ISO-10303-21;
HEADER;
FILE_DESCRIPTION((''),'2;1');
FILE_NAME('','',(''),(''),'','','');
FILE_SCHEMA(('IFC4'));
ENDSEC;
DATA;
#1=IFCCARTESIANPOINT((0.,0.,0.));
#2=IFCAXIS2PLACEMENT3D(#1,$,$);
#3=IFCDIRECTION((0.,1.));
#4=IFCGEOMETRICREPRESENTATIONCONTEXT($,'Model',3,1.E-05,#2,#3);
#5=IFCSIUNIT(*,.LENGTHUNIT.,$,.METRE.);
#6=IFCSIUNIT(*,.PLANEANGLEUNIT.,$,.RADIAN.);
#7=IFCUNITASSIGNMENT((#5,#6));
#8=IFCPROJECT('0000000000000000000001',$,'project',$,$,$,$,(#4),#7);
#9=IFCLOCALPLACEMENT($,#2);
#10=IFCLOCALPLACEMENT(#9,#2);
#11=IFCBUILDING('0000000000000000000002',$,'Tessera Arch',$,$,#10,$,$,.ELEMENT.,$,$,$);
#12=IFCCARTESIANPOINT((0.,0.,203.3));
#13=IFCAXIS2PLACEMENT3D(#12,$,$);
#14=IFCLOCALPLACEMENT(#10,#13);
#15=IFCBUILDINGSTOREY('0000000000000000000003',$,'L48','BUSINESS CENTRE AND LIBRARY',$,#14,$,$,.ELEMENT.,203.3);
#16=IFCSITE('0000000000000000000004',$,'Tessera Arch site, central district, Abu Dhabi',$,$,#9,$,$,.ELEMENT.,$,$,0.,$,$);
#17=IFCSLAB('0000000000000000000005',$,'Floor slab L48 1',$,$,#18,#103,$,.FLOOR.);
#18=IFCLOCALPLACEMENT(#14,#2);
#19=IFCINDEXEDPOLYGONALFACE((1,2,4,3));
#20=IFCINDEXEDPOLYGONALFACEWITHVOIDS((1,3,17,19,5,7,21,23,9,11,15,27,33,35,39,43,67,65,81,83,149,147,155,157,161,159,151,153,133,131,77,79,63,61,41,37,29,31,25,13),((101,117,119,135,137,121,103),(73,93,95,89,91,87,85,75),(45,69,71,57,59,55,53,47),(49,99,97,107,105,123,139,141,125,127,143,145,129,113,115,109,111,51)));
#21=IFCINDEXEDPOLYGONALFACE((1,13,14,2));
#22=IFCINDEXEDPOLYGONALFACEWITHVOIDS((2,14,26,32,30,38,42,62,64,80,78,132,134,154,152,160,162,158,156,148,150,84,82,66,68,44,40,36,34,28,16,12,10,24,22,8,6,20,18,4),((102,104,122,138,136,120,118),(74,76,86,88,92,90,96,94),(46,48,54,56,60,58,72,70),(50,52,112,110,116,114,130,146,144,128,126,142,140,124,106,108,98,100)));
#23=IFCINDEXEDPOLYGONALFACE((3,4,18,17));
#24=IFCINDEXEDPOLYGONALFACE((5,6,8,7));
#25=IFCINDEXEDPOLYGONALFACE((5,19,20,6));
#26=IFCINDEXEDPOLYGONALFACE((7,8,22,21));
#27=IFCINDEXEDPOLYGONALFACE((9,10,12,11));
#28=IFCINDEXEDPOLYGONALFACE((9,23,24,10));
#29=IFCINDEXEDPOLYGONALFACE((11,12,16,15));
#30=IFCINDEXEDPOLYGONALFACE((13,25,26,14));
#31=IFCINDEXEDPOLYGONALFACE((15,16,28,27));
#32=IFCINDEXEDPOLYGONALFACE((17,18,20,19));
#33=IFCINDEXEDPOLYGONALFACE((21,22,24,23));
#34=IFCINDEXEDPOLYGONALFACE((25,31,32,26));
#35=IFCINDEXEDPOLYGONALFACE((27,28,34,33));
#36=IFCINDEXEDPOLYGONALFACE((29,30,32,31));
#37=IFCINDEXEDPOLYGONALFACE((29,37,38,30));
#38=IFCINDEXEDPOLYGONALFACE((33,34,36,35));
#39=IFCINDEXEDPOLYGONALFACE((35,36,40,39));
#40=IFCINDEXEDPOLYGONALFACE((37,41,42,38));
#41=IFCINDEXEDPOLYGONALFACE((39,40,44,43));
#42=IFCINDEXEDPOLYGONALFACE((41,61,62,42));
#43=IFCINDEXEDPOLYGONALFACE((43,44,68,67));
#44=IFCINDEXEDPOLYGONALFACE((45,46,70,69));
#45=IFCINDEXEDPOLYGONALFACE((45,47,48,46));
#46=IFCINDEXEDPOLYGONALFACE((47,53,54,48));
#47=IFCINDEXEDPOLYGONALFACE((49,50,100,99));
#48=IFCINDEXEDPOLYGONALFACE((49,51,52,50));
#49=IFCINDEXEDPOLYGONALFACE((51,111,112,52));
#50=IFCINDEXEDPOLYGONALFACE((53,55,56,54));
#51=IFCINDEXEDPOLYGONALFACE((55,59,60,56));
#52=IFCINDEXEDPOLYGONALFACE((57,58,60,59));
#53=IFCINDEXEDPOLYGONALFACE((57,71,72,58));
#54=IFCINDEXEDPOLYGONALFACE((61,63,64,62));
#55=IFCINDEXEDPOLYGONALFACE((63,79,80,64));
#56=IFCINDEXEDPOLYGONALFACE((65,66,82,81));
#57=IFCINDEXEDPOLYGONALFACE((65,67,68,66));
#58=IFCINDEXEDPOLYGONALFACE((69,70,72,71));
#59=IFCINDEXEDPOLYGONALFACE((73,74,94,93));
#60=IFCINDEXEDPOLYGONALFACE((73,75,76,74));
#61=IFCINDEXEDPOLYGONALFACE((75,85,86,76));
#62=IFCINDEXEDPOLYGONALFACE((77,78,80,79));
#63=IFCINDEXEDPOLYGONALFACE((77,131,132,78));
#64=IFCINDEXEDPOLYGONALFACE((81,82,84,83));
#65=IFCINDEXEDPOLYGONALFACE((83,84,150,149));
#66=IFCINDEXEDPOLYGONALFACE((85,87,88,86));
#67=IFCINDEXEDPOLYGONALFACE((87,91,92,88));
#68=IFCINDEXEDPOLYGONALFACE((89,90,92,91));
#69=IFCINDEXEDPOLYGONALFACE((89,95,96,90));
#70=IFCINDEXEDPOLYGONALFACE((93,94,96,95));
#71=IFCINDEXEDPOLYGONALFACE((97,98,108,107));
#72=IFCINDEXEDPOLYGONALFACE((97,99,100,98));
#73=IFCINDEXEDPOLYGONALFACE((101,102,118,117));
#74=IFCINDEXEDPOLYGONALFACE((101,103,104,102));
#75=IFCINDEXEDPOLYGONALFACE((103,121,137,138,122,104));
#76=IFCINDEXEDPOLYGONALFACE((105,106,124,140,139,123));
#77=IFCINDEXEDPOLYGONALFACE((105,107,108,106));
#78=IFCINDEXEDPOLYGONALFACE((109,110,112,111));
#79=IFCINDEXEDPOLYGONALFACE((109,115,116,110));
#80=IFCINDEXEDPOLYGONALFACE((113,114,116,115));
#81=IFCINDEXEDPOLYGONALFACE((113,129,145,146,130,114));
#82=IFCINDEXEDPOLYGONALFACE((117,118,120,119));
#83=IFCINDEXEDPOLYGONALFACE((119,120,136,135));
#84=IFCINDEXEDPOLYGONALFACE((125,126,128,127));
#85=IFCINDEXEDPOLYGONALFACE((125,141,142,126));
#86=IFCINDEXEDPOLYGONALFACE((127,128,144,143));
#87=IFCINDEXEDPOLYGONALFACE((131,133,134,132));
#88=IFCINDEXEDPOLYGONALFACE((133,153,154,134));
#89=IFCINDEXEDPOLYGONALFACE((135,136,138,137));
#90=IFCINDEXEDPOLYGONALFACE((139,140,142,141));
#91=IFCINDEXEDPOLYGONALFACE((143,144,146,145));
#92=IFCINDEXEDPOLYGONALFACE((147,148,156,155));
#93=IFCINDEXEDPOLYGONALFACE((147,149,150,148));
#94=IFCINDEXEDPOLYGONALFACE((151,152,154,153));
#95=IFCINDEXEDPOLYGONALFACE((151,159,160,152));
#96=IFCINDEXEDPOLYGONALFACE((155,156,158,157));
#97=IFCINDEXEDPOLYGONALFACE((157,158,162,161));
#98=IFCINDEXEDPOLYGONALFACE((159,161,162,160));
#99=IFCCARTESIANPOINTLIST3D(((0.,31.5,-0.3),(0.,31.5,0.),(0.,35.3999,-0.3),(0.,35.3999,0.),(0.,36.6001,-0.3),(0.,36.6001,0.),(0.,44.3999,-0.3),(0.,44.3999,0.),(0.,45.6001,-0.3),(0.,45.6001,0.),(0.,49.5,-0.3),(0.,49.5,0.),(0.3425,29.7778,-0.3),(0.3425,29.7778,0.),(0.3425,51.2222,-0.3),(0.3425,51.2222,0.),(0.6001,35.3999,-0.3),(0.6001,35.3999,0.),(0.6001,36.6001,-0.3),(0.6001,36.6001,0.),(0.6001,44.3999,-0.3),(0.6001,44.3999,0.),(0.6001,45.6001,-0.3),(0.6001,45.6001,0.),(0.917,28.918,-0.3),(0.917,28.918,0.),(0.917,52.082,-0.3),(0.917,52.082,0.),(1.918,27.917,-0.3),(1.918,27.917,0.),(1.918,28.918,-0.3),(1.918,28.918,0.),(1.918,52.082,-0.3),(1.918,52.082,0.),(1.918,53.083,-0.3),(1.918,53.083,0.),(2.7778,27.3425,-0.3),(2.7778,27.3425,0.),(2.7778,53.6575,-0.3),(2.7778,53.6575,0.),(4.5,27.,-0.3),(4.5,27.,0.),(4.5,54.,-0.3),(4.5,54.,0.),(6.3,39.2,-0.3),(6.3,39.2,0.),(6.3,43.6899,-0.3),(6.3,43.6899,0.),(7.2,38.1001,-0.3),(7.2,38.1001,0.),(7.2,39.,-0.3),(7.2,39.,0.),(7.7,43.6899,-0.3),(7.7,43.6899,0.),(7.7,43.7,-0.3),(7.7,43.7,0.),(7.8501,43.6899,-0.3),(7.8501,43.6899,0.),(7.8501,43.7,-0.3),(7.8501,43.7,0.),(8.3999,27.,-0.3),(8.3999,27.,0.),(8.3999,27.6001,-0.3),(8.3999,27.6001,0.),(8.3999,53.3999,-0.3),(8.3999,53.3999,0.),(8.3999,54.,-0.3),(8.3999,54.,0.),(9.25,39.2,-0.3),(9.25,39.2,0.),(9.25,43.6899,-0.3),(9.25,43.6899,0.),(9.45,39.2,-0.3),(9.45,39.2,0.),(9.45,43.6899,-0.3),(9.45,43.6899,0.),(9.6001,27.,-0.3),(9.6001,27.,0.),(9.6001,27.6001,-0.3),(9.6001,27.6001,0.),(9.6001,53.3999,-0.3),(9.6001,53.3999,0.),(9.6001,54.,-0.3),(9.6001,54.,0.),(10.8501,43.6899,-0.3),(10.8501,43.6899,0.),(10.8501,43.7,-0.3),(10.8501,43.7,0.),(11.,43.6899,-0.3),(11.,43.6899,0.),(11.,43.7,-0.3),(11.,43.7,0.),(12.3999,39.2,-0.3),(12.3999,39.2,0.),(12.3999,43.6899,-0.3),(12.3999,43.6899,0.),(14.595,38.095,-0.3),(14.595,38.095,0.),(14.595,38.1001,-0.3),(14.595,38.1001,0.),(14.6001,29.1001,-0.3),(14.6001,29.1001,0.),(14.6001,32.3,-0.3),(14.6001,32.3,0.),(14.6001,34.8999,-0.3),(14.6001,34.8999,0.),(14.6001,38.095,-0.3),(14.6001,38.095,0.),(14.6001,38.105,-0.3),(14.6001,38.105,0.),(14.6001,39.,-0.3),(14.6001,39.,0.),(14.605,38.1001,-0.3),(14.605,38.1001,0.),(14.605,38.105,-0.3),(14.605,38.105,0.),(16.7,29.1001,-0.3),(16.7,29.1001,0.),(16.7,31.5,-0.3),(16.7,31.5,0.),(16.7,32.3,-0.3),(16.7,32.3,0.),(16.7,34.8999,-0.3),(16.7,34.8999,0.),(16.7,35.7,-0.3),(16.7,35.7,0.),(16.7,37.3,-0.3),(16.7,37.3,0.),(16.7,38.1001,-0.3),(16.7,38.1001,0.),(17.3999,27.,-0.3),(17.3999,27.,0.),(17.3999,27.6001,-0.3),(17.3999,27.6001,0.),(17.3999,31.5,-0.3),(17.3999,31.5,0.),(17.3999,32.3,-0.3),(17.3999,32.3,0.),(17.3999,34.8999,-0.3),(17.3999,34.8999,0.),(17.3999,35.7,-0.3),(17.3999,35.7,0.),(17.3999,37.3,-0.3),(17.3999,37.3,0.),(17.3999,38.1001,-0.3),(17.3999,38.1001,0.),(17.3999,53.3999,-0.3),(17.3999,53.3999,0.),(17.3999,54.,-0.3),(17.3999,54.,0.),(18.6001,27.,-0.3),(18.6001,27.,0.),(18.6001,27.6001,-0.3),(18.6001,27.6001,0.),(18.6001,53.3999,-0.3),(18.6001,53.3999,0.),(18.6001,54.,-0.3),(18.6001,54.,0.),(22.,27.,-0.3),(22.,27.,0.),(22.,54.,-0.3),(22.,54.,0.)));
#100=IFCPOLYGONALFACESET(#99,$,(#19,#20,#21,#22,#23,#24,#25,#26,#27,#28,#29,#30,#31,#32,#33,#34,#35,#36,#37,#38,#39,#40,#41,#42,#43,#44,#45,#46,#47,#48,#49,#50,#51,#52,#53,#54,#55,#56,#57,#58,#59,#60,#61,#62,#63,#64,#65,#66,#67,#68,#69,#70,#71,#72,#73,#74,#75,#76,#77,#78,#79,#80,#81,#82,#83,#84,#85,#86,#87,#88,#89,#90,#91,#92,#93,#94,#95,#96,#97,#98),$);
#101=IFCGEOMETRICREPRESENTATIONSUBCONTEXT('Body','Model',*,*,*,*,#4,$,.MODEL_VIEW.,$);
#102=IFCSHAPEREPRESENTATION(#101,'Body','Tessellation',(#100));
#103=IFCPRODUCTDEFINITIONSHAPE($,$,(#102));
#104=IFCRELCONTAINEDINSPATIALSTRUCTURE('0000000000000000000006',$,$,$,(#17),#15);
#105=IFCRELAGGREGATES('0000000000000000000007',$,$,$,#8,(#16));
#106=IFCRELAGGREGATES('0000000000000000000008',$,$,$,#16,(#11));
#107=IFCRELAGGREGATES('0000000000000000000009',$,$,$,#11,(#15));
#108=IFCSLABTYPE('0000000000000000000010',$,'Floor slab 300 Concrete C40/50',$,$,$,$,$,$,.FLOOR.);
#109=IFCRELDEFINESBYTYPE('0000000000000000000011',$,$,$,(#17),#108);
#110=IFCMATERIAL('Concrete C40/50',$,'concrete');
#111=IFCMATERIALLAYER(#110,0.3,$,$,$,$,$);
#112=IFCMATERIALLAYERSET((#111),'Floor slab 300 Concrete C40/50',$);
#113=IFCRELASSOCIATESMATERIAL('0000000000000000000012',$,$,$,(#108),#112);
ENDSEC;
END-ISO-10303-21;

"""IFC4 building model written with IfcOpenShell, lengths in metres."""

from ifc_helpers import new_model, si_unit, direction, frame, origin, place, context, subcontext, project, spatial, polyline, outline, extrude, material, layer, layer_set, type_object, element, save


model = new_model("IFC4")

# Units and contexts
model_context = context("Model", 3, precision=1e-05, world=origin(), true_north=direction((0.0, 1.0)))
body_context = subcontext(model_context, "Body", "Model", "MODEL_VIEW")
ifc_project = project(units=[si_unit("LENGTHUNIT", "METRE"), si_unit("PLANEANGLEUNIT", "RADIAN")], contexts=[model_context])

# Site, building, storey
site_placement = place(None, origin())
site = spatial("IfcSite", under=ifc_project, at=site_placement, Name="Tessera Arch site, central district, Abu Dhabi", CompositionType="ELEMENT", RefElevation=0.0)
building_placement = place(site_placement, origin())
building = spatial("IfcBuilding", under=site, at=building_placement, Name="Tessera Arch", CompositionType="ELEMENT")
storey_placement = place(building_placement, frame((0.0, 0.0, 203.3)))
storey = spatial("IfcBuildingStorey", under=building, at=storey_placement, Name="L48", Description="BUSINESS CENTRE AND LIBRARY", CompositionType="ELEMENT", Elevation=203.3)

# Slab
ifc_material_1 = material(Name="Concrete C40/50", Category="concrete")
ifc_layer_1 = layer(ifc_material_1, 0.3)
ifc_layer_set_1 = layer_set([ifc_layer_1], Name="Floor slab 300 Concrete C40/50")
slab_type_1 = type_object("IfcSlabType", Name="Floor slab 300 Concrete C40/50", PredefinedType="FLOOR", material=ifc_layer_set_1)
slab_1_placement = place(storey_placement, frame((0.0, 0.0, -0.3)))
element("IfcSlab", 1, at=slab_1_placement, inside=storey, type_object=slab_type_1, Name="Floor slab L48 1", PredefinedType="FLOOR", context=body_context, shape_type="SweptSolid", body=[
    extrude(outline(polyline([(1.918, 27.917), (1.918, 28.918), (0.917, 28.918), (0.3425, 29.7778), (0.0, 31.5), (0.0, 35.3999), (0.6001, 35.3999), (0.6001, 36.6001), (0.0, 36.6001), (0.0, 44.3999), (0.6001, 44.3999), (0.6001, 45.6001), (0.0, 45.6001), (0.0, 49.5), (0.3425, 51.2222), (0.917, 52.082), (1.918, 52.082), (1.918, 53.083), (2.7778, 53.6575), (4.5, 54.0), (8.3999, 54.0), (8.3999, 53.3999), (9.6001, 53.3999), (9.6001, 54.0), (17.3999, 54.0), (17.3999, 53.3999), (18.6001, 53.3999), (18.6001, 54.0), (22.0, 54.0), (22.0, 27.0), (18.6001, 27.0), (18.6001, 27.6001), (17.3999, 27.6001), (17.3999, 27.0), (9.6001, 27.0), (9.6001, 27.6001), (8.3999, 27.6001), (8.3999, 27.0), (4.5, 27.0), (2.7778, 27.3425), (1.918, 27.917)]), holes=[polyline([(14.6001, 29.1001), (16.7, 29.1001), (16.7, 31.5), (17.3999, 31.5), (17.3999, 32.3), (16.7, 32.3), (14.6001, 32.3), (14.6001, 29.1001)]), polyline([(17.3999, 35.7), (16.7, 35.7), (16.7, 37.3), (17.3999, 37.3), (17.3999, 38.1001), (16.7, 38.1001), (14.605, 38.1001), (14.605, 38.105), (14.6001, 38.105), (14.6001, 39.0), (7.2, 39.0), (7.2, 38.1001), (14.595, 38.1001), (14.595, 38.095), (14.6001, 38.095), (14.6001, 34.8999), (16.7, 34.8999), (17.3999, 34.8999), (17.3999, 35.7)]), polyline([(6.3, 43.6899), (6.3, 39.2), (9.25, 39.2), (9.25, 43.6899), (7.8501, 43.6899), (7.8501, 43.7), (7.7, 43.7), (7.7, 43.6899), (6.3, 43.6899)]), polyline([(9.45, 43.6899), (9.45, 39.2), (12.3999, 39.2), (12.3999, 43.6899), (11.0, 43.6899), (11.0, 43.7), (10.8501, 43.7), (10.8501, 43.6899), (9.45, 43.6899)])]), origin(), (0.0, 0.0, 1.0), 0.3),
])

save(model, "model.ifc")
